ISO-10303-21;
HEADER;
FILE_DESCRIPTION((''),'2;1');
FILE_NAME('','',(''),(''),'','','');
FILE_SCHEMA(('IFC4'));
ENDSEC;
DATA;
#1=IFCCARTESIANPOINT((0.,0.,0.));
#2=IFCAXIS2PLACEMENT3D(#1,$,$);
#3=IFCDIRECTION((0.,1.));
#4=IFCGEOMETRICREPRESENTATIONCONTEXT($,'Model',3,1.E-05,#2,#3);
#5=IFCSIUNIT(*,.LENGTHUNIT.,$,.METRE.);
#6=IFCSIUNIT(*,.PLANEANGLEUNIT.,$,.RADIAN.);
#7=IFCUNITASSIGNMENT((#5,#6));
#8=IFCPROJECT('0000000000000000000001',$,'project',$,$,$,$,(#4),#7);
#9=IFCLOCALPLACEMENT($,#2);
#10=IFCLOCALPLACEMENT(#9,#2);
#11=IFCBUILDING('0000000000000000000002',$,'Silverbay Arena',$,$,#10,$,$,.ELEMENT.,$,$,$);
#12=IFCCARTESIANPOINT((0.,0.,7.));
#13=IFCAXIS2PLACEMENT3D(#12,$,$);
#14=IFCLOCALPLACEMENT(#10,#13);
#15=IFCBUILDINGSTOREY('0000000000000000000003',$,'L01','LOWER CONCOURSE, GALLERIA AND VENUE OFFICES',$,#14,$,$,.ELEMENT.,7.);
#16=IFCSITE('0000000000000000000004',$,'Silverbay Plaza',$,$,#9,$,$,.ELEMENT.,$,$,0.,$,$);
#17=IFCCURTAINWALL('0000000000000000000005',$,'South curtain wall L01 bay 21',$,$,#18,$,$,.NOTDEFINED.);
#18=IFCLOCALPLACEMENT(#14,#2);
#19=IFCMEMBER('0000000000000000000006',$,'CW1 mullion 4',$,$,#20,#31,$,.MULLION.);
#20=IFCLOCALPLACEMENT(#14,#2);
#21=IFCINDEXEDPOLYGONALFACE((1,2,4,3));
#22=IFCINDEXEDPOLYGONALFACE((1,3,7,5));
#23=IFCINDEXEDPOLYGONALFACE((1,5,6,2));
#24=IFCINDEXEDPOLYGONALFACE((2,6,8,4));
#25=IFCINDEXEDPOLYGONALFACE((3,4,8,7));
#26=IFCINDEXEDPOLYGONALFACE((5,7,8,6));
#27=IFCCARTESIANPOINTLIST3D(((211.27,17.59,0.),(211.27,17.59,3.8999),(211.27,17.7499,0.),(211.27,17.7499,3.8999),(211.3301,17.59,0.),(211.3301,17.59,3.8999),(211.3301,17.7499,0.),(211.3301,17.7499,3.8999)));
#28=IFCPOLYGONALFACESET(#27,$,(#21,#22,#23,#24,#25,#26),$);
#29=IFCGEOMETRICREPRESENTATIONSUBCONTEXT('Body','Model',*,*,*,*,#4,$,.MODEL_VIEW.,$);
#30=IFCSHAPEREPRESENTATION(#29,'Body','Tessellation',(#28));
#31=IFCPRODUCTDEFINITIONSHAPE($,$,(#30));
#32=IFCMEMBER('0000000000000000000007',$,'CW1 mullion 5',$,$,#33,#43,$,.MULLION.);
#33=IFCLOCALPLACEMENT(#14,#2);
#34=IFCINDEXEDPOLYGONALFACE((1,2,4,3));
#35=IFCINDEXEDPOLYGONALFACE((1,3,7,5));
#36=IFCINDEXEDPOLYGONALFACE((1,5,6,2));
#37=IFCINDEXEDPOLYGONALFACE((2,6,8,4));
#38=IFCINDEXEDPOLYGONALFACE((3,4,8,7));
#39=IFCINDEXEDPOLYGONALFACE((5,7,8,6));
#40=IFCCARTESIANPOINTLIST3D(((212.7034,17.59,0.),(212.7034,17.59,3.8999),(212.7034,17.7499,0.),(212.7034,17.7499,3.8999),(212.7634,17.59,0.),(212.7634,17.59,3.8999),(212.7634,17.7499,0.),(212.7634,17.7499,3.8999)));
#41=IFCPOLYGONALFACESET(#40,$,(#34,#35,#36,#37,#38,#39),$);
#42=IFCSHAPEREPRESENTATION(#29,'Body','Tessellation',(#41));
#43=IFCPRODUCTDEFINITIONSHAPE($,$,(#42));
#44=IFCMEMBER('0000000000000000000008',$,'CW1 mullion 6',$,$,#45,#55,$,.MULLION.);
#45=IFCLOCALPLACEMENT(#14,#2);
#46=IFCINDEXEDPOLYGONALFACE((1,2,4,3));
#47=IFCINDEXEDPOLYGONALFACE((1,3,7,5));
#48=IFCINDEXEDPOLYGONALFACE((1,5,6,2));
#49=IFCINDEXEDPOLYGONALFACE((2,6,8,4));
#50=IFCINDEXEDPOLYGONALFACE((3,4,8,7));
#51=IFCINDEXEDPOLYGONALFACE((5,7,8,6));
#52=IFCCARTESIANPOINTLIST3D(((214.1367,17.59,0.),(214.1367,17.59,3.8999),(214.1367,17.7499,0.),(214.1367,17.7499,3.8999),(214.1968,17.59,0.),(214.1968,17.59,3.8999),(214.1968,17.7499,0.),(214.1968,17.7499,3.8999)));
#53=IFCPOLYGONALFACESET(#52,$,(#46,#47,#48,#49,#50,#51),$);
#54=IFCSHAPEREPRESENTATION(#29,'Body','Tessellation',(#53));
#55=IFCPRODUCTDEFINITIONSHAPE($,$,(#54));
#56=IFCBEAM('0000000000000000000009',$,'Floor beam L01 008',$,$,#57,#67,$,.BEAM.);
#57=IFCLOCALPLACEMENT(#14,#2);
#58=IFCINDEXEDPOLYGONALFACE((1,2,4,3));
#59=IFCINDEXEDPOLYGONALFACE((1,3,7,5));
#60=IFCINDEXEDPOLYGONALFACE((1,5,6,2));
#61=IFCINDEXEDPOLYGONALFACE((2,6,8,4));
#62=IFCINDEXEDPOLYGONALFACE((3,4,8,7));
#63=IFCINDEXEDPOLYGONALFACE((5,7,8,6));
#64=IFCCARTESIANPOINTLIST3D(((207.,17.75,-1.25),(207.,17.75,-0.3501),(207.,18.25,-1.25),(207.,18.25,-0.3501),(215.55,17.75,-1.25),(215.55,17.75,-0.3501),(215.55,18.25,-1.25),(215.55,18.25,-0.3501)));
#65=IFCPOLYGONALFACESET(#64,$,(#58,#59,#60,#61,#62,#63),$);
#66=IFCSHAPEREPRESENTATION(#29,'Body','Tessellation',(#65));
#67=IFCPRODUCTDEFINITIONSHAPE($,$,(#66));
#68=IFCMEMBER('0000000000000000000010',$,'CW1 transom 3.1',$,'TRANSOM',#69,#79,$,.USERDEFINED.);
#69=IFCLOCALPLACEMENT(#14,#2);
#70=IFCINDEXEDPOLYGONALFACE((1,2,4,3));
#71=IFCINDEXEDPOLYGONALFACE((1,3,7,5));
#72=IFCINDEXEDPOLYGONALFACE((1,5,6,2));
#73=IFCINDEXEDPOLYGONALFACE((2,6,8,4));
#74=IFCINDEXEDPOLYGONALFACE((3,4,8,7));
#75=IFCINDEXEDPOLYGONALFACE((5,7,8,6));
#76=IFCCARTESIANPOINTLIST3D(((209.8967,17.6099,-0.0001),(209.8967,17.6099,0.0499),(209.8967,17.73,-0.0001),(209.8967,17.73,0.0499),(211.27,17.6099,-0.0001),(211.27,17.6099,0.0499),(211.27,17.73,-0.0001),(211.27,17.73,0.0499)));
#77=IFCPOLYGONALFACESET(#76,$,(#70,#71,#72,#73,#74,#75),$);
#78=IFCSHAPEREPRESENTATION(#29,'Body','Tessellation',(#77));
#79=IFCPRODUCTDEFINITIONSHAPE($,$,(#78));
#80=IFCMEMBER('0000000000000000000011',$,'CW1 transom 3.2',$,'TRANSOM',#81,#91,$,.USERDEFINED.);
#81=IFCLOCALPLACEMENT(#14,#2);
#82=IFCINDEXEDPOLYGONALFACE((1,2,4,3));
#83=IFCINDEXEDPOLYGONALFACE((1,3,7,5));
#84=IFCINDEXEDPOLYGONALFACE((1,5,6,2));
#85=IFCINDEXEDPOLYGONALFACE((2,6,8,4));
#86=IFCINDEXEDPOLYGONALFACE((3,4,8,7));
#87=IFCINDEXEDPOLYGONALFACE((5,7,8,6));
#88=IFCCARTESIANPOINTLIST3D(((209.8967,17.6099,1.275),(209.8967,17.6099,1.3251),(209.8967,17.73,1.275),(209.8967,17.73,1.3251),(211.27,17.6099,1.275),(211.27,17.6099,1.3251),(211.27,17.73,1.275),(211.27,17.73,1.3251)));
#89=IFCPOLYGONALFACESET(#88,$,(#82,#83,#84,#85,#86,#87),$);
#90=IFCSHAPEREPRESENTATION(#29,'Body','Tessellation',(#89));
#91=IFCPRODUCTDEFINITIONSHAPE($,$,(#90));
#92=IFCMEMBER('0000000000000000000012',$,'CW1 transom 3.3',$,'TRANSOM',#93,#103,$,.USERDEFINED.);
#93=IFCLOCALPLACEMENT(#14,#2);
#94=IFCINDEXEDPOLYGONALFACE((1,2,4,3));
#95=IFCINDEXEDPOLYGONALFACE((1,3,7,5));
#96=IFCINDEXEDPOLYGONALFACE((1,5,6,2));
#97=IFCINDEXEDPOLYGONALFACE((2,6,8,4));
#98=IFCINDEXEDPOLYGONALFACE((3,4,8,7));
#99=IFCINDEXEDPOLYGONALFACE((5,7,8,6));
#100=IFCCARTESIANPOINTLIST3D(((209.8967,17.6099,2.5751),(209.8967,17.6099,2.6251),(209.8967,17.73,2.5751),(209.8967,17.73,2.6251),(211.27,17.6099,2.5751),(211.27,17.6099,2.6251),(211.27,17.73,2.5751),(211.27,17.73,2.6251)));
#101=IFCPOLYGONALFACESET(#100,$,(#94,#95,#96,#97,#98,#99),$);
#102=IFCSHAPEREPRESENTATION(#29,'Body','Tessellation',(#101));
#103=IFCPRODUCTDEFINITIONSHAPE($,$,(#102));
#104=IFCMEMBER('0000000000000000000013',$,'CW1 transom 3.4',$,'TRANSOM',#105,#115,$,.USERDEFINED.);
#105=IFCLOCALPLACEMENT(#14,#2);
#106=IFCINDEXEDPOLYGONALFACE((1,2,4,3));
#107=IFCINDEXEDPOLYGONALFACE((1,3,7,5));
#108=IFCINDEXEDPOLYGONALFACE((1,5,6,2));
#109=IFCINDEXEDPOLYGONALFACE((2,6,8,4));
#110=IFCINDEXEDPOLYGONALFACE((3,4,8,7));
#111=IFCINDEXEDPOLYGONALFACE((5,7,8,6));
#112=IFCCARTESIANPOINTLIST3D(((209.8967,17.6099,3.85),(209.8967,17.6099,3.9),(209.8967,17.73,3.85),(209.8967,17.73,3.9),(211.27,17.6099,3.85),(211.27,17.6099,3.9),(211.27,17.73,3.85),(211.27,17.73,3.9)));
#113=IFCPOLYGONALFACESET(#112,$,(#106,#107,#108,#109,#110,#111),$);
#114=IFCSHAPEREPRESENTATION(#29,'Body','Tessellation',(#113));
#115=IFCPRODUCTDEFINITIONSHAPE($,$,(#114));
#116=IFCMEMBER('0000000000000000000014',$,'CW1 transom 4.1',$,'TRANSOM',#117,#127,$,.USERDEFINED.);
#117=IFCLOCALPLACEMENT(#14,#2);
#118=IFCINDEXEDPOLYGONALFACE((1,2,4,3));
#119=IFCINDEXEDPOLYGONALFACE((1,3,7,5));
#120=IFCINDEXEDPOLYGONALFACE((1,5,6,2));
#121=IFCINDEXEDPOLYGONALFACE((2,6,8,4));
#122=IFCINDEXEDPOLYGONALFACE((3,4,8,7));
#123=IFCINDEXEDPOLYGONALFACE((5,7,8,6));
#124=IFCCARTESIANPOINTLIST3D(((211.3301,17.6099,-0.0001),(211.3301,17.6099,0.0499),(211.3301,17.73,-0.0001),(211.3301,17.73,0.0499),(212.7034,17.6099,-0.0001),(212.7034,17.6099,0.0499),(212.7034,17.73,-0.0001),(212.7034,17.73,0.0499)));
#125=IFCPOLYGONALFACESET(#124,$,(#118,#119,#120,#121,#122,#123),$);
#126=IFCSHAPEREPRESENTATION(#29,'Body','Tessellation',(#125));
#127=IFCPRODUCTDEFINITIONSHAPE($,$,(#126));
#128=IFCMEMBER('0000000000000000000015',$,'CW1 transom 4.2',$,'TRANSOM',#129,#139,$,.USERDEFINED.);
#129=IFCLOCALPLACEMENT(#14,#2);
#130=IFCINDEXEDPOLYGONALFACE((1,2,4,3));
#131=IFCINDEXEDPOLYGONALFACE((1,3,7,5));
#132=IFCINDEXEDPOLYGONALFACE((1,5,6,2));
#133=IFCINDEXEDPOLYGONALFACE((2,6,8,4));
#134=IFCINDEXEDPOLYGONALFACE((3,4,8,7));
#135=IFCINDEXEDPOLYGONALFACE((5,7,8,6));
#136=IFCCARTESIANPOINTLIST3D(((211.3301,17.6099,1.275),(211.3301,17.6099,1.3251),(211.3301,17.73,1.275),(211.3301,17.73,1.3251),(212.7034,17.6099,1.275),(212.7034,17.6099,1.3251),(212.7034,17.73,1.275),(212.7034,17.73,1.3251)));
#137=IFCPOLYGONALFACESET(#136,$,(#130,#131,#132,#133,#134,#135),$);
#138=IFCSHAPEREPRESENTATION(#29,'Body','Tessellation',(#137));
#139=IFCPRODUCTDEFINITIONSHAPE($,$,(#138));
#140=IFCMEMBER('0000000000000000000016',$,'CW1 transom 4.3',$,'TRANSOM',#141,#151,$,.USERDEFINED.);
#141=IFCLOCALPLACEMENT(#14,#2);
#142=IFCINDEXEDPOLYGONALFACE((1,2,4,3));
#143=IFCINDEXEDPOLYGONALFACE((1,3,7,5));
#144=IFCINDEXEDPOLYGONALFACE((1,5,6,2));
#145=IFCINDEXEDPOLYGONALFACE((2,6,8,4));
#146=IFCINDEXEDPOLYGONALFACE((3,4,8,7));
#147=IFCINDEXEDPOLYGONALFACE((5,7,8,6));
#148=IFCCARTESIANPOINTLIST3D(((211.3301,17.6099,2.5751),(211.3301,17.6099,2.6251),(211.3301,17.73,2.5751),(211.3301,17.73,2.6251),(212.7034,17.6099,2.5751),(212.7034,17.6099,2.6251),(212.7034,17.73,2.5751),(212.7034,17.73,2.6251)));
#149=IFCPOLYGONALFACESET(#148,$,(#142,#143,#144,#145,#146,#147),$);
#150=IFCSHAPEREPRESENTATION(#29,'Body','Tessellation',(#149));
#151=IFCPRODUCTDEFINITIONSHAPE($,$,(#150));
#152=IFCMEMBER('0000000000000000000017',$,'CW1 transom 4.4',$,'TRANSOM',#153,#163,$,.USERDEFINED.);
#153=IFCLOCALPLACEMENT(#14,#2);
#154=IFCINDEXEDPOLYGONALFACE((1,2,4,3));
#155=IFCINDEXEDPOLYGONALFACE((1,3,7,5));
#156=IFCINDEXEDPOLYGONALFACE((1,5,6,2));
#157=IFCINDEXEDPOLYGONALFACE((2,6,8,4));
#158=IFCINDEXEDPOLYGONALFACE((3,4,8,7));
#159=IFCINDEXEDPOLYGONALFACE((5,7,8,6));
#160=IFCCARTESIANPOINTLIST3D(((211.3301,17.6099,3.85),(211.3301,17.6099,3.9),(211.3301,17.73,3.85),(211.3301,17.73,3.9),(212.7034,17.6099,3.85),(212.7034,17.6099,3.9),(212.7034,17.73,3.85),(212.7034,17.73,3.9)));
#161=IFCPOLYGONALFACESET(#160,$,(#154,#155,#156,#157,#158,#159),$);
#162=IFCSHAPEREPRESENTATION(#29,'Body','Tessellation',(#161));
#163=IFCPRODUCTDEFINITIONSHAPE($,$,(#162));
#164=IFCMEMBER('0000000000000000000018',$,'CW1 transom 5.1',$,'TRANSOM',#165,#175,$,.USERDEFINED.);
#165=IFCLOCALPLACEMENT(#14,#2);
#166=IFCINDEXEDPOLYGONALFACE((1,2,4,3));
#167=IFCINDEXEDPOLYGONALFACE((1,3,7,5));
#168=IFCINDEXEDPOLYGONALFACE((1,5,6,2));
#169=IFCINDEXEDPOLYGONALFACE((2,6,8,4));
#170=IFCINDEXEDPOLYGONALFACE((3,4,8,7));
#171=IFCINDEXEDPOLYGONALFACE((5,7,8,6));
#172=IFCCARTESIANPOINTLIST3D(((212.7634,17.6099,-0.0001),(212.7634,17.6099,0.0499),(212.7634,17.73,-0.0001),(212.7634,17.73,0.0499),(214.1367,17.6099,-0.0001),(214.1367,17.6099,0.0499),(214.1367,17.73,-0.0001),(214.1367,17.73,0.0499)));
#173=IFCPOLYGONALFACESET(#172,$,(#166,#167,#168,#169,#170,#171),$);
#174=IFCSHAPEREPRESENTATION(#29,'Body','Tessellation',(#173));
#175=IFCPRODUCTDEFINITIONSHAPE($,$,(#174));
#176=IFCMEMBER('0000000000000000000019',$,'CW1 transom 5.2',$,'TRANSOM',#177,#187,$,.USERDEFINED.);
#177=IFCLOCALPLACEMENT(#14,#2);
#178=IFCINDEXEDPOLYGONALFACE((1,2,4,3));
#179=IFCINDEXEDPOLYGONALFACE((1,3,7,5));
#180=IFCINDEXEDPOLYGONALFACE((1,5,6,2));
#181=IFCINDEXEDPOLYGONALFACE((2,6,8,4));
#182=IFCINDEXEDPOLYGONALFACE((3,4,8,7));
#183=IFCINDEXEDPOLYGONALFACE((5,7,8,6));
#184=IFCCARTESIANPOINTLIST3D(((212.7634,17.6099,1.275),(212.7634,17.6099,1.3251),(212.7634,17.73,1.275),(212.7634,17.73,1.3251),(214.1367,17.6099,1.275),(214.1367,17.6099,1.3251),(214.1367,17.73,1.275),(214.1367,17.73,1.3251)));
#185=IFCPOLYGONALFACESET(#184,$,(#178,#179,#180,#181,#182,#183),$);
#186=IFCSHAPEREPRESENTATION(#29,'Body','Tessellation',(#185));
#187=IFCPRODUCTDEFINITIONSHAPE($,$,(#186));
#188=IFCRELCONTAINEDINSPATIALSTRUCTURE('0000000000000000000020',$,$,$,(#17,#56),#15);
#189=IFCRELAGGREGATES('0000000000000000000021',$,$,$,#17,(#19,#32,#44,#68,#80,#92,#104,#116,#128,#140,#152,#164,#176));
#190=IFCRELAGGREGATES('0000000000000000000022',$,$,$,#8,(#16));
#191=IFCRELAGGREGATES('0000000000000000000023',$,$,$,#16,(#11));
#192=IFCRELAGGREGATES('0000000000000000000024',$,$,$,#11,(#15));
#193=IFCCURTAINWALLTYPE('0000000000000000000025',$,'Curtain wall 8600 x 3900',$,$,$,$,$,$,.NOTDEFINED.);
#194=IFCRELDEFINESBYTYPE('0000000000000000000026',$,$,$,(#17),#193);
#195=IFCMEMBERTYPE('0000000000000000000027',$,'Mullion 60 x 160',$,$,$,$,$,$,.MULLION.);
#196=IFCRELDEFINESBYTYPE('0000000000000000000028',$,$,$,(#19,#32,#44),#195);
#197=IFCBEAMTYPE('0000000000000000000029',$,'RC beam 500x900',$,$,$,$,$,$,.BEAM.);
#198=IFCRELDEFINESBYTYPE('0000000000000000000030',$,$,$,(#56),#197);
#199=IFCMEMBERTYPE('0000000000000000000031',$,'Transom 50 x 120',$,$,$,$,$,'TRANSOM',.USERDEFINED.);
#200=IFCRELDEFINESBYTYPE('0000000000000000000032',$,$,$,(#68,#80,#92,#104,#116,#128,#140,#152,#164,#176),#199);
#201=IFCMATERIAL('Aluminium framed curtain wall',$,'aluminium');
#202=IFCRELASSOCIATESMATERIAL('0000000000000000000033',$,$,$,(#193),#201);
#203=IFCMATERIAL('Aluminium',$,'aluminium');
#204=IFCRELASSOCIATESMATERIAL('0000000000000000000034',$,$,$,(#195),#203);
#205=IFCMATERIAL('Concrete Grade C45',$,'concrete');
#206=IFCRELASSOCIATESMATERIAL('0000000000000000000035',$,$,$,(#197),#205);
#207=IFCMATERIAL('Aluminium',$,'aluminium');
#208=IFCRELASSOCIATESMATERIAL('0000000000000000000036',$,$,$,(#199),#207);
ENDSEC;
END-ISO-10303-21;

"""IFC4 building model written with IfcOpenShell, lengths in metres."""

from ifc_helpers import new_model, si_unit, direction, frame, origin, origin_2d, place, context, subcontext, project, spatial, rectangle, extrude, material, material_profile, profile_set, type_object, element, aggregate, save


model = new_model("IFC4")

# Units and contexts
model_context = context("Model", 3, precision=1e-05, world=origin(), true_north=direction((0.0, 1.0)))
body_context = subcontext(model_context, "Body", "Model", "MODEL_VIEW")
ifc_project = project(units=[si_unit("LENGTHUNIT", "METRE"), si_unit("PLANEANGLEUNIT", "RADIAN")], contexts=[model_context])

# Site, building, storey
site_placement = place(None, origin())
site = spatial("IfcSite", under=ifc_project, at=site_placement, Name="Silverbay Plaza", CompositionType="ELEMENT", RefElevation=0.0)
building_placement = place(site_placement, origin())
building = spatial("IfcBuilding", under=site, at=building_placement, Name="Silverbay Arena", CompositionType="ELEMENT")
storey_placement = place(building_placement, frame((0.0, 0.0, 7.0)))
storey = spatial("IfcBuildingStorey", under=building, at=storey_placement, Name="L01", Description="LOWER CONCOURSE, GALLERIA AND VENUE OFFICES", CompositionType="ELEMENT", Elevation=7.0)

# Curtain wall, members
ifc_material_1 = material(Name="Aluminium framed curtain wall", Category="aluminium")
curtain_wall_type = type_object("IfcCurtainWallType", Name="Curtain wall 8600 x 3900", PredefinedType="NOTDEFINED", material=ifc_material_1)
curtain_wall_placement = place(storey_placement, origin())
curtain_wall = element("IfcCurtainWall", 1, at=curtain_wall_placement, inside=storey, type_object=curtain_wall_type, Name="South curtain wall L01 bay 21", PredefinedType="NOTDEFINED")
ifc_material_2 = material(Name="Aluminium", Category="aluminium")
ifc_material_profile_1 = material_profile(ifc_material_2, rectangle(XDim=0.1599, YDim=0.0601, at=origin_2d()), Name="Mullion 60 x 160")
ifc_profile_set_1 = profile_set([ifc_material_profile_1], Name="Aluminium")
member_type_1 = type_object("IfcMemberType", Name="Mullion 60 x 160", PredefinedType="MULLION", material=ifc_profile_set_1)
member_1_placement = place(storey_placement, frame((211.3, 17.6699, 0.0), z_axis=(0.0, 0.0, 1.0), x_axis=(0.0, 1.0, 0.0)))
member_1 = element("IfcMember", 2, at=member_1_placement, type_object=member_type_1, Name="CW1 mullion 4", PredefinedType="MULLION", context=body_context, shape_type="SweptSolid", body=[
    extrude(rectangle(XDim=0.1599, YDim=0.0601, at=origin_2d()), origin(), (0.0, 0.0, 1.0), 3.8999),
])
member_2_placement = place(storey_placement, frame((212.7334, 17.6699, 0.0), z_axis=(0.0, 0.0, 1.0), x_axis=(0.0, 1.0, 0.0)))
member_2 = element("IfcMember", 3, at=member_2_placement, type_object=member_type_1, Name="CW1 mullion 5", PredefinedType="MULLION", context=body_context, shape_type="SweptSolid", body=[
    extrude(rectangle(XDim=0.1599, YDim=0.0601, at=origin_2d()), origin(), (0.0, 0.0, 1.0), 3.8999),
])
member_3_placement = place(storey_placement, frame((214.1667, 17.6699, 0.0), z_axis=(0.0, 0.0, 1.0), x_axis=(0.0, 1.0, 0.0)))
member_3 = element("IfcMember", 4, at=member_3_placement, type_object=member_type_1, Name="CW1 mullion 6", PredefinedType="MULLION", context=body_context, shape_type="SweptSolid", body=[
    extrude(rectangle(XDim=0.1599, YDim=0.0601, at=origin_2d()), origin(), (0.0, 0.0, 1.0), 3.8999),
])

# Beam
ifc_material_3 = material(Name="Concrete Grade C45", Category="concrete")
ifc_material_profile_2 = material_profile(ifc_material_3, rectangle(XDim=0.5, YDim=0.8999, at=origin_2d()), Name="RC 500x900")
ifc_profile_set_2 = profile_set([ifc_material_profile_2], Name="Concrete Grade C45")
beam_type = type_object("IfcBeamType", Name="RC beam 500x900", PredefinedType="BEAM", material=ifc_profile_set_2)
beam_placement = place(storey_placement, frame((207.0, 18.0, -0.8), z_axis=(1.0, 0.0, 0.0), x_axis=(0.0, 1.0, 0.0)))
element("IfcBeam", 5, at=beam_placement, inside=storey, type_object=beam_type, Name="Floor beam L01 008", PredefinedType="BEAM", context=body_context, shape_type="SweptSolid", body=[
    extrude(rectangle(XDim=0.5, YDim=0.8999, at=origin_2d()), origin(), (0.0, 0.0, 1.0), 8.55),
])

# Members
ifc_material_4 = material(Name="Aluminium", Category="aluminium")
ifc_material_profile_3 = material_profile(ifc_material_4, rectangle(XDim=0.1201, YDim=0.05, at=origin_2d()), Name="Transom 50 x 120")
ifc_profile_set_3 = profile_set([ifc_material_profile_3], Name="Aluminium")
member_type_2 = type_object("IfcMemberType", Name="Transom 50 x 120", ElementType="TRANSOM", PredefinedType="USERDEFINED", material=ifc_profile_set_3)
member_4_placement = place(storey_placement, frame((209.8967, 17.6699, 0.0249), z_axis=(1.0, 0.0, 0.0), x_axis=(0.0, 1.0, 0.0)))
member_4 = element("IfcMember", 6, at=member_4_placement, type_object=member_type_2, Name="CW1 transom 3.1", ObjectType="TRANSOM", PredefinedType="USERDEFINED", context=body_context, shape_type="SweptSolid", body=[
    extrude(rectangle(XDim=0.1201, YDim=0.05, at=origin_2d()), origin(), (0.0, 0.0, 1.0), 1.3733),
])
member_5_placement = place(storey_placement, frame((209.8967, 17.6699, 1.3), z_axis=(1.0, 0.0, 0.0), x_axis=(0.0, 1.0, 0.0)))
member_5 = element("IfcMember", 7, at=member_5_placement, type_object=member_type_2, Name="CW1 transom 3.2", ObjectType="TRANSOM", PredefinedType="USERDEFINED", context=body_context, shape_type="SweptSolid", body=[
    extrude(rectangle(XDim=0.1201, YDim=0.05, at=origin_2d()), origin(), (0.0, 0.0, 1.0), 1.3733),
])
member_6_placement = place(storey_placement, frame((209.8967, 17.6699, 2.6001), z_axis=(1.0, 0.0, 0.0), x_axis=(0.0, 1.0, 0.0)))
member_6 = element("IfcMember", 8, at=member_6_placement, type_object=member_type_2, Name="CW1 transom 3.3", ObjectType="TRANSOM", PredefinedType="USERDEFINED", context=body_context, shape_type="SweptSolid", body=[
    extrude(rectangle(XDim=0.1201, YDim=0.05, at=origin_2d()), origin(), (0.0, 0.0, 1.0), 1.3733),
])
member_7_placement = place(storey_placement, frame((209.8967, 17.6699, 3.875), z_axis=(1.0, 0.0, 0.0), x_axis=(0.0, 1.0, 0.0)))
member_7 = element("IfcMember", 9, at=member_7_placement, type_object=member_type_2, Name="CW1 transom 3.4", ObjectType="TRANSOM", PredefinedType="USERDEFINED", context=body_context, shape_type="SweptSolid", body=[
    extrude(rectangle(XDim=0.1201, YDim=0.05, at=origin_2d()), origin(), (0.0, 0.0, 1.0), 1.3733),
])
member_8_placement = place(storey_placement, frame((211.3301, 17.6699, 0.0249), z_axis=(1.0, 0.0, 0.0), x_axis=(0.0, 1.0, 0.0)))
member_8 = element("IfcMember", 10, at=member_8_placement, type_object=member_type_2, Name="CW1 transom 4.1", ObjectType="TRANSOM", PredefinedType="USERDEFINED", context=body_context, shape_type="SweptSolid", body=[
    extrude(rectangle(XDim=0.1201, YDim=0.05, at=origin_2d()), origin(), (0.0, 0.0, 1.0), 1.3733),
])
member_9_placement = place(storey_placement, frame((211.3301, 17.6699, 1.3), z_axis=(1.0, 0.0, 0.0), x_axis=(0.0, 1.0, 0.0)))
member_9 = element("IfcMember", 11, at=member_9_placement, type_object=member_type_2, Name="CW1 transom 4.2", ObjectType="TRANSOM", PredefinedType="USERDEFINED", context=body_context, shape_type="SweptSolid", body=[
    extrude(rectangle(XDim=0.1201, YDim=0.05, at=origin_2d()), origin(), (0.0, 0.0, 1.0), 1.3733),
])
member_10_placement = place(storey_placement, frame((211.3301, 17.6699, 2.6001), z_axis=(1.0, 0.0, 0.0), x_axis=(0.0, 1.0, 0.0)))
member_10 = element("IfcMember", 12, at=member_10_placement, type_object=member_type_2, Name="CW1 transom 4.3", ObjectType="TRANSOM", PredefinedType="USERDEFINED", context=body_context, shape_type="SweptSolid", body=[
    extrude(rectangle(XDim=0.1201, YDim=0.05, at=origin_2d()), origin(), (0.0, 0.0, 1.0), 1.3733),
])
member_11_placement = place(storey_placement, frame((211.3301, 17.6699, 3.875), z_axis=(1.0, 0.0, 0.0), x_axis=(0.0, 1.0, 0.0)))
member_11 = element("IfcMember", 13, at=member_11_placement, type_object=member_type_2, Name="CW1 transom 4.4", ObjectType="TRANSOM", PredefinedType="USERDEFINED", context=body_context, shape_type="SweptSolid", body=[
    extrude(rectangle(XDim=0.1201, YDim=0.05, at=origin_2d()), origin(), (0.0, 0.0, 1.0), 1.3733),
])
member_12_placement = place(storey_placement, frame((212.7634, 17.6699, 0.0249), z_axis=(1.0, 0.0, 0.0), x_axis=(0.0, 1.0, 0.0)))
member_12 = element("IfcMember", 14, at=member_12_placement, type_object=member_type_2, Name="CW1 transom 5.1", ObjectType="TRANSOM", PredefinedType="USERDEFINED", context=body_context, shape_type="SweptSolid", body=[
    extrude(rectangle(XDim=0.1201, YDim=0.05, at=origin_2d()), origin(), (0.0, 0.0, 1.0), 1.3733),
])
member_13_placement = place(storey_placement, frame((212.7634, 17.6699, 1.3), z_axis=(1.0, 0.0, 0.0), x_axis=(0.0, 1.0, 0.0)))
member_13 = element("IfcMember", 15, at=member_13_placement, type_object=member_type_2, Name="CW1 transom 5.2", ObjectType="TRANSOM", PredefinedType="USERDEFINED", context=body_context, shape_type="SweptSolid", body=[
    extrude(rectangle(XDim=0.1201, YDim=0.05, at=origin_2d()), origin(), (0.0, 0.0, 1.0), 1.3733),
])

aggregate(curtain_wall, [member_1, member_2, member_3, member_4, member_5, member_6, member_7, member_8, member_9, member_10, member_11, member_12, member_13])

save(model, "model.ifc")
